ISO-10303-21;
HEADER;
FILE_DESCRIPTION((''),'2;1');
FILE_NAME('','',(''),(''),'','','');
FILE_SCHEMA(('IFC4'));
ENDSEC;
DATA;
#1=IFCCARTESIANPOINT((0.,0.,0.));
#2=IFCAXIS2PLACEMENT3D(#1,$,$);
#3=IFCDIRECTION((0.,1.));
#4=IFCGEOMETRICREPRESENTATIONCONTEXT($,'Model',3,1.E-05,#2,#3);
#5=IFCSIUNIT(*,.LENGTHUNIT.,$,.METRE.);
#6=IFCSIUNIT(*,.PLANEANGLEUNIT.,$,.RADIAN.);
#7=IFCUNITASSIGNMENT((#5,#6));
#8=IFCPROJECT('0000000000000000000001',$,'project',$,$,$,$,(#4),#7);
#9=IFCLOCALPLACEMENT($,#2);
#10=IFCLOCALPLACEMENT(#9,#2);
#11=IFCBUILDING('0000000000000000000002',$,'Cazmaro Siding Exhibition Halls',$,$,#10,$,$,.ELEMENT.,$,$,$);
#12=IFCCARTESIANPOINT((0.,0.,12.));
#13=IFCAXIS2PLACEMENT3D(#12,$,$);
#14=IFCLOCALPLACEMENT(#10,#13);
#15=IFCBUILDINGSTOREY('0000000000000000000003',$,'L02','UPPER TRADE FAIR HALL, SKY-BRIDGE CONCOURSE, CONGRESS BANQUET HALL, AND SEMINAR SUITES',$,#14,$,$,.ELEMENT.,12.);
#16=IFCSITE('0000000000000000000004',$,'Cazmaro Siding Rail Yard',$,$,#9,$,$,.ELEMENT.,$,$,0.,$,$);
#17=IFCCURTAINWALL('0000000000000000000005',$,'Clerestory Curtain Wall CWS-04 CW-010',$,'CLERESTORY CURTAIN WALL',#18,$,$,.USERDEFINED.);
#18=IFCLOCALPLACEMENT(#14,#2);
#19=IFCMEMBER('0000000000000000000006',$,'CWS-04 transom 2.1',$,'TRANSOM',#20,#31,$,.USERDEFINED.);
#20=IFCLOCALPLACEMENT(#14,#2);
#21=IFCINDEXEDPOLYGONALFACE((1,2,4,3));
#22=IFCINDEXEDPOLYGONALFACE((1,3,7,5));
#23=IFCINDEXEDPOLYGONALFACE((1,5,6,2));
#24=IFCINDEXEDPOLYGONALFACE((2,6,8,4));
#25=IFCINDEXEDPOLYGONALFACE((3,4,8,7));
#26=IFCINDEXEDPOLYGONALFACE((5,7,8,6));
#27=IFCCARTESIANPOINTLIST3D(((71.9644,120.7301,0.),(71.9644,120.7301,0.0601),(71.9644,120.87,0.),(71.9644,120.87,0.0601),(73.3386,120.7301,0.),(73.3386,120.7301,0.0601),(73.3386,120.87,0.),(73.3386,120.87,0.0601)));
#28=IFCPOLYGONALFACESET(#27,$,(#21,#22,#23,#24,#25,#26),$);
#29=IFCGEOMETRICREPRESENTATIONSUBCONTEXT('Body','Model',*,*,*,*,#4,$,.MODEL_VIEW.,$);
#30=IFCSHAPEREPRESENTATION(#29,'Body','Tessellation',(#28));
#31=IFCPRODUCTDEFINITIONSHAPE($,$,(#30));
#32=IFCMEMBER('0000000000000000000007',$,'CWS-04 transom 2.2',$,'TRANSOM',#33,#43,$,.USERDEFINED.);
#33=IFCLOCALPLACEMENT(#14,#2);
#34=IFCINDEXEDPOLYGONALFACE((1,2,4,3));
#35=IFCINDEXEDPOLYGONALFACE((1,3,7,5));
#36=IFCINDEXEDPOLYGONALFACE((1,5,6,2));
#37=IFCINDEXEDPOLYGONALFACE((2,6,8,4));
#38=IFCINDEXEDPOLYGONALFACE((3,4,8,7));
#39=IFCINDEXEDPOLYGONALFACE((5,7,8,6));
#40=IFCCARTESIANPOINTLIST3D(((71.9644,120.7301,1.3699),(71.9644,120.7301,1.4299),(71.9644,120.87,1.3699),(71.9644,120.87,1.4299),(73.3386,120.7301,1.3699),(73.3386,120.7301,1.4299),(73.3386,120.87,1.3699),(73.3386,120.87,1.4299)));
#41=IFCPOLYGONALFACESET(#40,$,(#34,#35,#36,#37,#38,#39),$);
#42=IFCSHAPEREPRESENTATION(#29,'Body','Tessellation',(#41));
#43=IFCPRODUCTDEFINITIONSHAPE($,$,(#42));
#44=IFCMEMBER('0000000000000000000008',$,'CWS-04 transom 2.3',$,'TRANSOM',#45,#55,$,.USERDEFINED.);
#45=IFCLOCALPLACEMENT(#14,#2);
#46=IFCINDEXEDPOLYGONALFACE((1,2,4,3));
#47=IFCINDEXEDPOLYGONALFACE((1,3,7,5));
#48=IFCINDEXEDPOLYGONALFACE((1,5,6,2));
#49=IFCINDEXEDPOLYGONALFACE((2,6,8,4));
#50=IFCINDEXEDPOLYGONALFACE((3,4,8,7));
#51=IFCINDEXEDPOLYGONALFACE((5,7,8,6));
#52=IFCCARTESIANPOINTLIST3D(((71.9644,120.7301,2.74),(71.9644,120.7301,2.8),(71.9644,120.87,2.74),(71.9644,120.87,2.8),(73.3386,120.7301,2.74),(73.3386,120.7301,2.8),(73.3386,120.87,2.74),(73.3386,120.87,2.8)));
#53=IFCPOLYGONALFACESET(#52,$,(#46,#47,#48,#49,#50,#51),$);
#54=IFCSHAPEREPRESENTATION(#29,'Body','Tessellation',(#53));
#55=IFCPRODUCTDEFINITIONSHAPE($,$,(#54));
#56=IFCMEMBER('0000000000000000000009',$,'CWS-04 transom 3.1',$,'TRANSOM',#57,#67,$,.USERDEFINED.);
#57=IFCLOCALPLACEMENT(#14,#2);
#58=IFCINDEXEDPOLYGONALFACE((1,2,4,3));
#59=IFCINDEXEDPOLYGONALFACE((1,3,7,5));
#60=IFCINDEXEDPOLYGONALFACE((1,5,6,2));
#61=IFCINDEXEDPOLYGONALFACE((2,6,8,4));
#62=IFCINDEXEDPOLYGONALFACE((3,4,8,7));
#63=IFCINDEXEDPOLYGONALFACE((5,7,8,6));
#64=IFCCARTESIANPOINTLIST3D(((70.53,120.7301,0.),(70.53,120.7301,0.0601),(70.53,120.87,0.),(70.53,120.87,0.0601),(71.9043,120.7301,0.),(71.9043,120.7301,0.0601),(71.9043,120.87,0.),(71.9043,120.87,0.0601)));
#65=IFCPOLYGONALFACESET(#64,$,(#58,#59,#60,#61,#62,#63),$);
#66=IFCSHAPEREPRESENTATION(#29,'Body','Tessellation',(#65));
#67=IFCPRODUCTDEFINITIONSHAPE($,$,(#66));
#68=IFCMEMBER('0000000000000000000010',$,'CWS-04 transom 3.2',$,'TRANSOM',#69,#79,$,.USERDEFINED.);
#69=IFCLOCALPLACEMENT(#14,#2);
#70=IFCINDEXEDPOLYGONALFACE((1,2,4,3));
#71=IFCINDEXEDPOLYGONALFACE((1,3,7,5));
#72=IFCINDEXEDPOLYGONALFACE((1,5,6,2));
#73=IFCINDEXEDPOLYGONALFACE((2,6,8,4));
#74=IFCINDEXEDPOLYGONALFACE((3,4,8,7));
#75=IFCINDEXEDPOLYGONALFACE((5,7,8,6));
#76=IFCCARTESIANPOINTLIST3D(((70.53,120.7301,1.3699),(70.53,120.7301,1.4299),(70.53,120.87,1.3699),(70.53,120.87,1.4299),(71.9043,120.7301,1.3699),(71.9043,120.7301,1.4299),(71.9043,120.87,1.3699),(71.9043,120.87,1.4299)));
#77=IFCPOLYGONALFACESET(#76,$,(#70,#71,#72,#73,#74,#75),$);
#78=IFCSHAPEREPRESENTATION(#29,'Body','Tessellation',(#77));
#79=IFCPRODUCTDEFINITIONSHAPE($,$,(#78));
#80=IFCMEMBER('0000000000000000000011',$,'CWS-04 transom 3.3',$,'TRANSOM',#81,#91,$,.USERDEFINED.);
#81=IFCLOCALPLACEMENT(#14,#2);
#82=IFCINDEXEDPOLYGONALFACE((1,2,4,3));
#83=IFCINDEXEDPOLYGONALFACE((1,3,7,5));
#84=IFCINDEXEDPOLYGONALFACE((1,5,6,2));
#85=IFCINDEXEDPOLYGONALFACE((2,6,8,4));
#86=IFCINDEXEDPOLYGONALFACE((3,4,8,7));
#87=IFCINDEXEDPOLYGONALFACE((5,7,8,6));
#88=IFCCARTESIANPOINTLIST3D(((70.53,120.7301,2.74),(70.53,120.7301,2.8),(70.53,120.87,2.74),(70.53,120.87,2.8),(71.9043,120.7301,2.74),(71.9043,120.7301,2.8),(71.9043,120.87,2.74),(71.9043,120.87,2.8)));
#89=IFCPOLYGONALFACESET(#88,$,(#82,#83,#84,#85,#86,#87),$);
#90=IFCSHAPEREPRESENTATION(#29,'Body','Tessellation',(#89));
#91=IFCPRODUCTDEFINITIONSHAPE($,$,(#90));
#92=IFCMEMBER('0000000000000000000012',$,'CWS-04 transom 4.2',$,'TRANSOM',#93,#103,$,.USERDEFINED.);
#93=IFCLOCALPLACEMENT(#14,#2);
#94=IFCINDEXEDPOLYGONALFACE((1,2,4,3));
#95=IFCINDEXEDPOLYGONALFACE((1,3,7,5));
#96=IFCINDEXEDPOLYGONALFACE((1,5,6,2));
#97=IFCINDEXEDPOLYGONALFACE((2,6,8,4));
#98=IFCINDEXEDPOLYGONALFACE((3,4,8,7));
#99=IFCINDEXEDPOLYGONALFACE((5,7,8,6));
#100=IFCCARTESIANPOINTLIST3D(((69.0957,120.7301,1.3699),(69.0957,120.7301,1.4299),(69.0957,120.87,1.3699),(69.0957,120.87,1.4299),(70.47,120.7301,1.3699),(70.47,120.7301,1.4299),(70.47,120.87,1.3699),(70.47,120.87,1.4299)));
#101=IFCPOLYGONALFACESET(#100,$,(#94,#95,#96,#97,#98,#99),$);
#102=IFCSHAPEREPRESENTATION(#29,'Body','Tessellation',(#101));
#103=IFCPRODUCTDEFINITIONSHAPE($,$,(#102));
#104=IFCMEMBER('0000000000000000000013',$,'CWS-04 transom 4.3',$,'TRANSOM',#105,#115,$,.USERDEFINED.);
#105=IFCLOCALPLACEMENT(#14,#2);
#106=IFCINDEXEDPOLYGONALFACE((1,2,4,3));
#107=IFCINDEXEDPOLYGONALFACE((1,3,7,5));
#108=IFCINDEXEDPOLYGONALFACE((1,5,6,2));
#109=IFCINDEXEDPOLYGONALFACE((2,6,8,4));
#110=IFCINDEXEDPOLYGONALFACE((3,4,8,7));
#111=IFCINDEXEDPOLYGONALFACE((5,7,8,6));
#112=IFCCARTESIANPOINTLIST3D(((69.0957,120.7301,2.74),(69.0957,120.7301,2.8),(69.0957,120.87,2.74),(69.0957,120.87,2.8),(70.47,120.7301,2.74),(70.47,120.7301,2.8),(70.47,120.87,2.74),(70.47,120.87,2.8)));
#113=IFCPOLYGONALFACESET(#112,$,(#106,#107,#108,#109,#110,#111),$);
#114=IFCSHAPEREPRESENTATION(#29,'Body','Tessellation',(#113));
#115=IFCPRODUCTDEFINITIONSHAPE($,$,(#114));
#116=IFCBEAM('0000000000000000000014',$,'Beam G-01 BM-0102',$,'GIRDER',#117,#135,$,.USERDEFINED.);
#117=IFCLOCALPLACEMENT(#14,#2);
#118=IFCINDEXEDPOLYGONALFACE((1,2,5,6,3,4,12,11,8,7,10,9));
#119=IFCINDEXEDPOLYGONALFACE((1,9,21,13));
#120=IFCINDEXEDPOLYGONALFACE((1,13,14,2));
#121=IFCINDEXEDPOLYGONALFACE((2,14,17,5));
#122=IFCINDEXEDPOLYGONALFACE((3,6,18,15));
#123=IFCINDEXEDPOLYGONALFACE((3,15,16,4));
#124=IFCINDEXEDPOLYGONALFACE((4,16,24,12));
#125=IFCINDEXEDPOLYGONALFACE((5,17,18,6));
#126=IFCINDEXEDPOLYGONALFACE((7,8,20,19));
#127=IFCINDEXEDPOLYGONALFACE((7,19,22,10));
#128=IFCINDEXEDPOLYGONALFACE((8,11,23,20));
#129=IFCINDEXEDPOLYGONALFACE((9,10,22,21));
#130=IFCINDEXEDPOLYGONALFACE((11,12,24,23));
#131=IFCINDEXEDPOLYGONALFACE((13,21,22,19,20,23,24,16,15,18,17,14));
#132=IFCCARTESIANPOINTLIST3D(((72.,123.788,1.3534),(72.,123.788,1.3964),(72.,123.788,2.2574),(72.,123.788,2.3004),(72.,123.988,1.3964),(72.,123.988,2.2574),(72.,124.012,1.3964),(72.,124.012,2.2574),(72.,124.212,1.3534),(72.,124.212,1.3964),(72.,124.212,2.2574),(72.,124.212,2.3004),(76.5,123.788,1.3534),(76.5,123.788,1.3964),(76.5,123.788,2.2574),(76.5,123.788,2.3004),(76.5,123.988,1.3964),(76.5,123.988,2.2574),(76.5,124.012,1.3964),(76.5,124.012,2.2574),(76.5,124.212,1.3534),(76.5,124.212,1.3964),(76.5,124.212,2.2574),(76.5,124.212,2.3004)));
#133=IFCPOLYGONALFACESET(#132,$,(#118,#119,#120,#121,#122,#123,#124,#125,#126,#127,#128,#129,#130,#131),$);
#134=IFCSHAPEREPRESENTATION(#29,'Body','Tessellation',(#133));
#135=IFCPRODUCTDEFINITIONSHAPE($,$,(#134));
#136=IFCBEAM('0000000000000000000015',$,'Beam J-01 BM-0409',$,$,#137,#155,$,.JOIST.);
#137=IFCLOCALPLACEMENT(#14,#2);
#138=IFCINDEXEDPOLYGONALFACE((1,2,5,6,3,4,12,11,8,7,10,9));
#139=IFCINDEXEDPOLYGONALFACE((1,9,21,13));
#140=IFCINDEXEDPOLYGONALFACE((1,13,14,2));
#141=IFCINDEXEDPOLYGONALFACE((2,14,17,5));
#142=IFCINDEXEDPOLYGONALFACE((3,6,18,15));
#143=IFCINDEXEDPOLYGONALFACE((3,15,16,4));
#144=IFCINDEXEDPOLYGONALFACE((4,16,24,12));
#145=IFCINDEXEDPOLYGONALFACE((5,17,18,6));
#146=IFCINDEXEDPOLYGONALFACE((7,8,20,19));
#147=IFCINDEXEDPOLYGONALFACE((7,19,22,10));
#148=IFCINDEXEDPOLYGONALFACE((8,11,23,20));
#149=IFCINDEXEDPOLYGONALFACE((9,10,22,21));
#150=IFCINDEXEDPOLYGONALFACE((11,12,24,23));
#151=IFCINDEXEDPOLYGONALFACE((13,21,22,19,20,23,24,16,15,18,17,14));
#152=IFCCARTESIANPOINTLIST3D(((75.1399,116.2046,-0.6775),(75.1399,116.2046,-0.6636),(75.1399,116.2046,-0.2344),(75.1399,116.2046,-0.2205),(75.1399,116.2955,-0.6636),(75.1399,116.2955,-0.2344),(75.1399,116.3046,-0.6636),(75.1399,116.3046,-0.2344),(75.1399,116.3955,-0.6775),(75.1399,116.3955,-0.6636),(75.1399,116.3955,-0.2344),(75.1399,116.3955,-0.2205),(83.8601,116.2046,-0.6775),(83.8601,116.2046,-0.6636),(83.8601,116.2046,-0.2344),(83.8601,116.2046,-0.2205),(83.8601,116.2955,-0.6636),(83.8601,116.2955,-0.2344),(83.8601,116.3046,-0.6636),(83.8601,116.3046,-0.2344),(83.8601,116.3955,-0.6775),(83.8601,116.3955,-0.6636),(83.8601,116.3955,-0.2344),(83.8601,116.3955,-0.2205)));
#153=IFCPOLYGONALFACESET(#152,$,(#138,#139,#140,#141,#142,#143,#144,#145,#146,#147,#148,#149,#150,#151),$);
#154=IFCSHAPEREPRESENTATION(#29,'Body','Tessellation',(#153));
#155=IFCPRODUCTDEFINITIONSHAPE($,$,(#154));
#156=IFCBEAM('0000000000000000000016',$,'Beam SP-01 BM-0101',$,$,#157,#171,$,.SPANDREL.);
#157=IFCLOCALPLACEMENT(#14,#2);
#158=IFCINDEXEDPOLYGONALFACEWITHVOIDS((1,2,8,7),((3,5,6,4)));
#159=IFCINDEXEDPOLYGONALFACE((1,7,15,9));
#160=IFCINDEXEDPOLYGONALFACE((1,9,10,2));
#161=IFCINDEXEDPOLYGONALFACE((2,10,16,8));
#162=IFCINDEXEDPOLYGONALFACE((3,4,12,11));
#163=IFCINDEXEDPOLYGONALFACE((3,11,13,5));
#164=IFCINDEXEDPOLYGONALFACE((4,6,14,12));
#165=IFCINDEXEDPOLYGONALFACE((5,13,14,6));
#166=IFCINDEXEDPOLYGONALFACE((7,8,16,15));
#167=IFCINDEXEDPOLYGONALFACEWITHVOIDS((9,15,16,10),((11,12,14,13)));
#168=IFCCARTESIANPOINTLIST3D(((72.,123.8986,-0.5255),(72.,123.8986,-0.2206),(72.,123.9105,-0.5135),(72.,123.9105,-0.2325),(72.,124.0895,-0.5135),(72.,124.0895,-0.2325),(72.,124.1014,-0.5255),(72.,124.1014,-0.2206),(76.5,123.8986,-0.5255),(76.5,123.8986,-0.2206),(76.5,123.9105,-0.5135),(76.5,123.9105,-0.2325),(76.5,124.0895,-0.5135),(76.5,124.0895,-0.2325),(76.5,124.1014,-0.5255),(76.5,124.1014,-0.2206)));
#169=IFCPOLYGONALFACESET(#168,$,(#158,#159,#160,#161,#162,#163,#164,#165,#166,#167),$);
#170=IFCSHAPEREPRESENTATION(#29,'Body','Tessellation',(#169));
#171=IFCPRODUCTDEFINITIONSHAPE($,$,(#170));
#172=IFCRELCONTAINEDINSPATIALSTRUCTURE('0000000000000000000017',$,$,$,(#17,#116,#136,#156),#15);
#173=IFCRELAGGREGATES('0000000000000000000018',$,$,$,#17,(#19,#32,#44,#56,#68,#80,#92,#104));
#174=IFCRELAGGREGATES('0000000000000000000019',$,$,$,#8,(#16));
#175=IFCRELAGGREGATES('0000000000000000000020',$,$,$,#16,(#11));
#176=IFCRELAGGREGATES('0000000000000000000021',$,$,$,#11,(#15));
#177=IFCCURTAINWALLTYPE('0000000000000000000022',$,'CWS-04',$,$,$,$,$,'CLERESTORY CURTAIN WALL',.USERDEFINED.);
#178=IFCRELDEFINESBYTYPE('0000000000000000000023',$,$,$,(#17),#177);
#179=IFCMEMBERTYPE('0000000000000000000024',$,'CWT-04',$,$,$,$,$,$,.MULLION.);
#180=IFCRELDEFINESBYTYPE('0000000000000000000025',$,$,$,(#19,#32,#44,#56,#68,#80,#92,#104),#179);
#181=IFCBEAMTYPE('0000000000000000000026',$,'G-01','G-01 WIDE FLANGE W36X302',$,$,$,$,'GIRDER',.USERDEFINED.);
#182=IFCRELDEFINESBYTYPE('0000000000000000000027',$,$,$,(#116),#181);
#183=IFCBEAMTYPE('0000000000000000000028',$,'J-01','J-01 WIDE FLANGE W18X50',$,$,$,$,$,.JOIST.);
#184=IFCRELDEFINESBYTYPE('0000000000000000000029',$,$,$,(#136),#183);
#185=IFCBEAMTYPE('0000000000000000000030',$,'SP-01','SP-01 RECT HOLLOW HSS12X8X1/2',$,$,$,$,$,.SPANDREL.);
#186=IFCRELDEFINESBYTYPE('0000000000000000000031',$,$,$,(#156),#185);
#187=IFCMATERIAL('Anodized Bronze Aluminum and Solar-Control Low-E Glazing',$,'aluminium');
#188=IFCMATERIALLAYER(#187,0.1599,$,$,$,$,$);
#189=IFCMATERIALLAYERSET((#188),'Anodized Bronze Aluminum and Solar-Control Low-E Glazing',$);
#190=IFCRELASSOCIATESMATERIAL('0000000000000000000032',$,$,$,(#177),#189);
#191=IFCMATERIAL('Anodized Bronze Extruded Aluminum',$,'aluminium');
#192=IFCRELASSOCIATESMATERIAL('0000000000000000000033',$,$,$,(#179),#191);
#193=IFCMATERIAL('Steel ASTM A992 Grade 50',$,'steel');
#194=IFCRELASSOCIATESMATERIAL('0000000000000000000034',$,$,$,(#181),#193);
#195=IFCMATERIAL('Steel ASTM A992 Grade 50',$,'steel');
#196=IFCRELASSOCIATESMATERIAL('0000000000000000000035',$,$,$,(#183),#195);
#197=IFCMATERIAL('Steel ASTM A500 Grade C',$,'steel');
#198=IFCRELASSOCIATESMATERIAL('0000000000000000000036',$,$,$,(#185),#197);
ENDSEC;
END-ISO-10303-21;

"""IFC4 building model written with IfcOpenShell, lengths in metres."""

from ifc_helpers import new_model, si_unit, direction, frame, origin, origin_2d, place, context, subcontext, project, spatial, rectangle, hollow_rectangle, i_section, extrude, material, layer, layer_set, material_profile, profile_set, type_object, element, aggregate, save


model = new_model("IFC4")

# Units and contexts
model_context = context("Model", 3, precision=1e-05, world=origin(), true_north=direction((0.0, 1.0)))
body_context = subcontext(model_context, "Body", "Model", "MODEL_VIEW")
ifc_project = project(units=[si_unit("LENGTHUNIT", "METRE"), si_unit("PLANEANGLEUNIT", "RADIAN")], contexts=[model_context])

# Site, building, storey
site_placement = place(None, origin())
site = spatial("IfcSite", under=ifc_project, at=site_placement, Name="Cazmaro Siding Rail Yard", CompositionType="ELEMENT", RefElevation=0.0)
building_placement = place(site_placement, origin())
building = spatial("IfcBuilding", under=site, at=building_placement, Name="Cazmaro Siding Exhibition Halls", CompositionType="ELEMENT")
storey_placement = place(building_placement, frame((0.0, 0.0, 12.0)))
storey = spatial("IfcBuildingStorey", under=building, at=storey_placement, Name="L02", Description="UPPER TRADE FAIR HALL, SKY-BRIDGE CONCOURSE, CONGRESS BANQUET HALL, AND SEMINAR SUITES", CompositionType="ELEMENT", Elevation=12.0)

# Curtain wall, members
ifc_material_1 = material(Name="Anodized Bronze Aluminum and Solar-Control Low-E Glazing", Category="aluminium")
ifc_layer_1 = layer(ifc_material_1, 0.1599)
ifc_layer_set_1 = layer_set([ifc_layer_1], Name="Anodized Bronze Aluminum and Solar-Control Low-E Glazing")
curtain_wall_type = type_object("IfcCurtainWallType", Name="CWS-04", ElementType="CLERESTORY CURTAIN WALL", PredefinedType="USERDEFINED", material=ifc_layer_set_1)
curtain_wall_placement = place(storey_placement, origin())
curtain_wall = element("IfcCurtainWall", 1, at=curtain_wall_placement, inside=storey, type_object=curtain_wall_type, Name="Clerestory Curtain Wall CWS-04 CW-010", ObjectType="CLERESTORY CURTAIN WALL", PredefinedType="USERDEFINED")
ifc_material_2 = material(Name="Anodized Bronze Extruded Aluminum", Category="aluminium")
ifc_material_profile_1 = material_profile(ifc_material_2, rectangle(XDim=0.1399, YDim=0.0601, at=origin_2d()), Name="CWT-04")
ifc_profile_set_1 = profile_set([ifc_material_profile_1], Name="Anodized Bronze Extruded Aluminum")
member_type_1 = type_object("IfcMemberType", Name="CWT-04", PredefinedType="MULLION", material=ifc_profile_set_1)
member_1_placement = place(storey_placement, frame((73.3386, 120.8, 0.03), z_axis=(-1.0, 0.0, 0.0), x_axis=(0.0, -1.0, 0.0)))
member_1 = element("IfcMember", 2, at=member_1_placement, type_object=member_type_1, Name="CWS-04 transom 2.1", ObjectType="TRANSOM", PredefinedType="USERDEFINED", context=body_context, shape_type="SweptSolid", body=[
    extrude(rectangle(XDim=0.1399, YDim=0.0601, at=origin_2d()), origin(), (0.0, 0.0, 1.0), 1.3743),
])
member_2_placement = place(storey_placement, frame((73.3386, 120.8, 1.3999), z_axis=(-1.0, 0.0, 0.0), x_axis=(0.0, -1.0, 0.0)))
member_2 = element("IfcMember", 3, at=member_2_placement, type_object=member_type_1, Name="CWS-04 transom 2.2", ObjectType="TRANSOM", PredefinedType="USERDEFINED", context=body_context, shape_type="SweptSolid", body=[
    extrude(rectangle(XDim=0.1399, YDim=0.0601, at=origin_2d()), origin(), (0.0, 0.0, 1.0), 1.3743),
])
member_3_placement = place(storey_placement, frame((73.3386, 120.8, 2.77), z_axis=(-1.0, 0.0, 0.0), x_axis=(0.0, -1.0, 0.0)))
member_3 = element("IfcMember", 4, at=member_3_placement, type_object=member_type_1, Name="CWS-04 transom 2.3", ObjectType="TRANSOM", PredefinedType="USERDEFINED", context=body_context, shape_type="SweptSolid", body=[
    extrude(rectangle(XDim=0.1399, YDim=0.0601, at=origin_2d()), origin(), (0.0, 0.0, 1.0), 1.3743),
])
member_4_placement = place(storey_placement, frame((71.9043, 120.8, 0.03), z_axis=(-1.0, 0.0, 0.0), x_axis=(0.0, -1.0, 0.0)))
member_4 = element("IfcMember", 5, at=member_4_placement, type_object=member_type_1, Name="CWS-04 transom 3.1", ObjectType="TRANSOM", PredefinedType="USERDEFINED", context=body_context, shape_type="SweptSolid", body=[
    extrude(rectangle(XDim=0.1399, YDim=0.0601, at=origin_2d()), origin(), (0.0, 0.0, 1.0), 1.3743),
])
member_5_placement = place(storey_placement, frame((71.9043, 120.8, 1.3999), z_axis=(-1.0, 0.0, 0.0), x_axis=(0.0, -1.0, 0.0)))
member_5 = element("IfcMember", 6, at=member_5_placement, type_object=member_type_1, Name="CWS-04 transom 3.2", ObjectType="TRANSOM", PredefinedType="USERDEFINED", context=body_context, shape_type="SweptSolid", body=[
    extrude(rectangle(XDim=0.1399, YDim=0.0601, at=origin_2d()), origin(), (0.0, 0.0, 1.0), 1.3743),
])
member_6_placement = place(storey_placement, frame((71.9043, 120.8, 2.77), z_axis=(-1.0, 0.0, 0.0), x_axis=(0.0, -1.0, 0.0)))
member_6 = element("IfcMember", 7, at=member_6_placement, type_object=member_type_1, Name="CWS-04 transom 3.3", ObjectType="TRANSOM", PredefinedType="USERDEFINED", context=body_context, shape_type="SweptSolid", body=[
    extrude(rectangle(XDim=0.1399, YDim=0.0601, at=origin_2d()), origin(), (0.0, 0.0, 1.0), 1.3743),
])
member_7_placement = place(storey_placement, frame((70.47, 120.8, 1.3999), z_axis=(-1.0, 0.0, 0.0), x_axis=(0.0, -1.0, 0.0)))
member_7 = element("IfcMember", 8, at=member_7_placement, type_object=member_type_1, Name="CWS-04 transom 4.2", ObjectType="TRANSOM", PredefinedType="USERDEFINED", context=body_context, shape_type="SweptSolid", body=[
    extrude(rectangle(XDim=0.1399, YDim=0.0601, at=origin_2d()), origin(), (0.0, 0.0, 1.0), 1.3743),
])
member_8_placement = place(storey_placement, frame((70.47, 120.8, 2.77), z_axis=(-1.0, 0.0, 0.0), x_axis=(0.0, -1.0, 0.0)))
member_8 = element("IfcMember", 9, at=member_8_placement, type_object=member_type_1, Name="CWS-04 transom 4.3", ObjectType="TRANSOM", PredefinedType="USERDEFINED", context=body_context, shape_type="SweptSolid", body=[
    extrude(rectangle(XDim=0.1399, YDim=0.0601, at=origin_2d()), origin(), (0.0, 0.0, 1.0), 1.3743),
])

# Beams
ifc_material_3 = material(Name="Steel ASTM A992 Grade 50", Category="steel")
ifc_material_profile_2 = material_profile(ifc_material_3, i_section(OverallWidth=0.4241, OverallDepth=0.947, WebThickness=0.0239, FlangeThickness=0.043, at=origin_2d()), Name="W36X302")
ifc_profile_set_2 = profile_set([ifc_material_profile_2], Name="Steel ASTM A992 Grade 50")
beam_type_1 = type_object("IfcBeamType", Name="G-01", Description="G-01 WIDE FLANGE W36X302", ElementType="GIRDER", PredefinedType="USERDEFINED", material=ifc_profile_set_2)
beam_1_placement = place(storey_placement, frame((72.0, 124.0, 1.8269), z_axis=(1.0, 0.0, 0.0), x_axis=(0.0, 1.0, 0.0)))
element("IfcBeam", 10, at=beam_1_placement, inside=storey, type_object=beam_type_1, Name="Beam G-01 BM-0102", ObjectType="GIRDER", PredefinedType="USERDEFINED", context=body_context, shape_type="SweptSolid", body=[
    extrude(i_section(OverallWidth=0.4241, OverallDepth=0.947, WebThickness=0.0239, FlangeThickness=0.043, at=origin_2d()), origin(), (0.0, 0.0, 1.0), 4.5),
])
ifc_material_4 = material(Name="Steel ASTM A992 Grade 50", Category="steel")
ifc_material_profile_3 = material_profile(ifc_material_4, i_section(OverallWidth=0.1909, OverallDepth=0.457, WebThickness=0.009, FlangeThickness=0.0139, at=origin_2d()), Name="W18X50")
ifc_profile_set_3 = profile_set([ifc_material_profile_3], Name="Steel ASTM A992 Grade 50")
beam_type_2 = type_object("IfcBeamType", Name="J-01", Description="J-01 WIDE FLANGE W18X50", PredefinedType="JOIST", material=ifc_profile_set_3)
beam_2_placement = place(storey_placement, frame((75.1399, 116.3, -0.449), z_axis=(1.0, 0.0, 0.0), x_axis=(0.0, 1.0, 0.0)))
element("IfcBeam", 11, at=beam_2_placement, inside=storey, type_object=beam_type_2, Name="Beam J-01 BM-0409", PredefinedType="JOIST", context=body_context, shape_type="SweptSolid", body=[
    extrude(i_section(OverallWidth=0.1909, OverallDepth=0.457, WebThickness=0.009, FlangeThickness=0.0139, at=origin_2d()), origin(), (0.0, 0.0, 1.0), 8.7202),
])
ifc_material_5 = material(Name="Steel ASTM A500 Grade C", Category="steel")
ifc_material_profile_4 = material_profile(ifc_material_5, hollow_rectangle(XDim=0.2029, YDim=0.3049, WallThickness=0.012, at=origin_2d()), Name="HSS12X8X1/2")
ifc_profile_set_4 = profile_set([ifc_material_profile_4], Name="Steel ASTM A500 Grade C")
beam_type_3 = type_object("IfcBeamType", Name="SP-01", Description="SP-01 RECT HOLLOW HSS12X8X1/2", PredefinedType="SPANDREL", material=ifc_profile_set_4)
beam_3_placement = place(storey_placement, frame((72.0, 124.0, -0.373), z_axis=(1.0, 0.0, 0.0), x_axis=(0.0, 1.0, 0.0)))
element("IfcBeam", 12, at=beam_3_placement, inside=storey, type_object=beam_type_3, Name="Beam SP-01 BM-0101", PredefinedType="SPANDREL", context=body_context, shape_type="SweptSolid", body=[
    extrude(hollow_rectangle(XDim=0.2029, YDim=0.3049, WallThickness=0.012, at=origin_2d()), origin(), (0.0, 0.0, 1.0), 4.5),
])

aggregate(curtain_wall, [member_1, member_2, member_3, member_4, member_5, member_6, member_7, member_8])

save(model, "model.ifc")
